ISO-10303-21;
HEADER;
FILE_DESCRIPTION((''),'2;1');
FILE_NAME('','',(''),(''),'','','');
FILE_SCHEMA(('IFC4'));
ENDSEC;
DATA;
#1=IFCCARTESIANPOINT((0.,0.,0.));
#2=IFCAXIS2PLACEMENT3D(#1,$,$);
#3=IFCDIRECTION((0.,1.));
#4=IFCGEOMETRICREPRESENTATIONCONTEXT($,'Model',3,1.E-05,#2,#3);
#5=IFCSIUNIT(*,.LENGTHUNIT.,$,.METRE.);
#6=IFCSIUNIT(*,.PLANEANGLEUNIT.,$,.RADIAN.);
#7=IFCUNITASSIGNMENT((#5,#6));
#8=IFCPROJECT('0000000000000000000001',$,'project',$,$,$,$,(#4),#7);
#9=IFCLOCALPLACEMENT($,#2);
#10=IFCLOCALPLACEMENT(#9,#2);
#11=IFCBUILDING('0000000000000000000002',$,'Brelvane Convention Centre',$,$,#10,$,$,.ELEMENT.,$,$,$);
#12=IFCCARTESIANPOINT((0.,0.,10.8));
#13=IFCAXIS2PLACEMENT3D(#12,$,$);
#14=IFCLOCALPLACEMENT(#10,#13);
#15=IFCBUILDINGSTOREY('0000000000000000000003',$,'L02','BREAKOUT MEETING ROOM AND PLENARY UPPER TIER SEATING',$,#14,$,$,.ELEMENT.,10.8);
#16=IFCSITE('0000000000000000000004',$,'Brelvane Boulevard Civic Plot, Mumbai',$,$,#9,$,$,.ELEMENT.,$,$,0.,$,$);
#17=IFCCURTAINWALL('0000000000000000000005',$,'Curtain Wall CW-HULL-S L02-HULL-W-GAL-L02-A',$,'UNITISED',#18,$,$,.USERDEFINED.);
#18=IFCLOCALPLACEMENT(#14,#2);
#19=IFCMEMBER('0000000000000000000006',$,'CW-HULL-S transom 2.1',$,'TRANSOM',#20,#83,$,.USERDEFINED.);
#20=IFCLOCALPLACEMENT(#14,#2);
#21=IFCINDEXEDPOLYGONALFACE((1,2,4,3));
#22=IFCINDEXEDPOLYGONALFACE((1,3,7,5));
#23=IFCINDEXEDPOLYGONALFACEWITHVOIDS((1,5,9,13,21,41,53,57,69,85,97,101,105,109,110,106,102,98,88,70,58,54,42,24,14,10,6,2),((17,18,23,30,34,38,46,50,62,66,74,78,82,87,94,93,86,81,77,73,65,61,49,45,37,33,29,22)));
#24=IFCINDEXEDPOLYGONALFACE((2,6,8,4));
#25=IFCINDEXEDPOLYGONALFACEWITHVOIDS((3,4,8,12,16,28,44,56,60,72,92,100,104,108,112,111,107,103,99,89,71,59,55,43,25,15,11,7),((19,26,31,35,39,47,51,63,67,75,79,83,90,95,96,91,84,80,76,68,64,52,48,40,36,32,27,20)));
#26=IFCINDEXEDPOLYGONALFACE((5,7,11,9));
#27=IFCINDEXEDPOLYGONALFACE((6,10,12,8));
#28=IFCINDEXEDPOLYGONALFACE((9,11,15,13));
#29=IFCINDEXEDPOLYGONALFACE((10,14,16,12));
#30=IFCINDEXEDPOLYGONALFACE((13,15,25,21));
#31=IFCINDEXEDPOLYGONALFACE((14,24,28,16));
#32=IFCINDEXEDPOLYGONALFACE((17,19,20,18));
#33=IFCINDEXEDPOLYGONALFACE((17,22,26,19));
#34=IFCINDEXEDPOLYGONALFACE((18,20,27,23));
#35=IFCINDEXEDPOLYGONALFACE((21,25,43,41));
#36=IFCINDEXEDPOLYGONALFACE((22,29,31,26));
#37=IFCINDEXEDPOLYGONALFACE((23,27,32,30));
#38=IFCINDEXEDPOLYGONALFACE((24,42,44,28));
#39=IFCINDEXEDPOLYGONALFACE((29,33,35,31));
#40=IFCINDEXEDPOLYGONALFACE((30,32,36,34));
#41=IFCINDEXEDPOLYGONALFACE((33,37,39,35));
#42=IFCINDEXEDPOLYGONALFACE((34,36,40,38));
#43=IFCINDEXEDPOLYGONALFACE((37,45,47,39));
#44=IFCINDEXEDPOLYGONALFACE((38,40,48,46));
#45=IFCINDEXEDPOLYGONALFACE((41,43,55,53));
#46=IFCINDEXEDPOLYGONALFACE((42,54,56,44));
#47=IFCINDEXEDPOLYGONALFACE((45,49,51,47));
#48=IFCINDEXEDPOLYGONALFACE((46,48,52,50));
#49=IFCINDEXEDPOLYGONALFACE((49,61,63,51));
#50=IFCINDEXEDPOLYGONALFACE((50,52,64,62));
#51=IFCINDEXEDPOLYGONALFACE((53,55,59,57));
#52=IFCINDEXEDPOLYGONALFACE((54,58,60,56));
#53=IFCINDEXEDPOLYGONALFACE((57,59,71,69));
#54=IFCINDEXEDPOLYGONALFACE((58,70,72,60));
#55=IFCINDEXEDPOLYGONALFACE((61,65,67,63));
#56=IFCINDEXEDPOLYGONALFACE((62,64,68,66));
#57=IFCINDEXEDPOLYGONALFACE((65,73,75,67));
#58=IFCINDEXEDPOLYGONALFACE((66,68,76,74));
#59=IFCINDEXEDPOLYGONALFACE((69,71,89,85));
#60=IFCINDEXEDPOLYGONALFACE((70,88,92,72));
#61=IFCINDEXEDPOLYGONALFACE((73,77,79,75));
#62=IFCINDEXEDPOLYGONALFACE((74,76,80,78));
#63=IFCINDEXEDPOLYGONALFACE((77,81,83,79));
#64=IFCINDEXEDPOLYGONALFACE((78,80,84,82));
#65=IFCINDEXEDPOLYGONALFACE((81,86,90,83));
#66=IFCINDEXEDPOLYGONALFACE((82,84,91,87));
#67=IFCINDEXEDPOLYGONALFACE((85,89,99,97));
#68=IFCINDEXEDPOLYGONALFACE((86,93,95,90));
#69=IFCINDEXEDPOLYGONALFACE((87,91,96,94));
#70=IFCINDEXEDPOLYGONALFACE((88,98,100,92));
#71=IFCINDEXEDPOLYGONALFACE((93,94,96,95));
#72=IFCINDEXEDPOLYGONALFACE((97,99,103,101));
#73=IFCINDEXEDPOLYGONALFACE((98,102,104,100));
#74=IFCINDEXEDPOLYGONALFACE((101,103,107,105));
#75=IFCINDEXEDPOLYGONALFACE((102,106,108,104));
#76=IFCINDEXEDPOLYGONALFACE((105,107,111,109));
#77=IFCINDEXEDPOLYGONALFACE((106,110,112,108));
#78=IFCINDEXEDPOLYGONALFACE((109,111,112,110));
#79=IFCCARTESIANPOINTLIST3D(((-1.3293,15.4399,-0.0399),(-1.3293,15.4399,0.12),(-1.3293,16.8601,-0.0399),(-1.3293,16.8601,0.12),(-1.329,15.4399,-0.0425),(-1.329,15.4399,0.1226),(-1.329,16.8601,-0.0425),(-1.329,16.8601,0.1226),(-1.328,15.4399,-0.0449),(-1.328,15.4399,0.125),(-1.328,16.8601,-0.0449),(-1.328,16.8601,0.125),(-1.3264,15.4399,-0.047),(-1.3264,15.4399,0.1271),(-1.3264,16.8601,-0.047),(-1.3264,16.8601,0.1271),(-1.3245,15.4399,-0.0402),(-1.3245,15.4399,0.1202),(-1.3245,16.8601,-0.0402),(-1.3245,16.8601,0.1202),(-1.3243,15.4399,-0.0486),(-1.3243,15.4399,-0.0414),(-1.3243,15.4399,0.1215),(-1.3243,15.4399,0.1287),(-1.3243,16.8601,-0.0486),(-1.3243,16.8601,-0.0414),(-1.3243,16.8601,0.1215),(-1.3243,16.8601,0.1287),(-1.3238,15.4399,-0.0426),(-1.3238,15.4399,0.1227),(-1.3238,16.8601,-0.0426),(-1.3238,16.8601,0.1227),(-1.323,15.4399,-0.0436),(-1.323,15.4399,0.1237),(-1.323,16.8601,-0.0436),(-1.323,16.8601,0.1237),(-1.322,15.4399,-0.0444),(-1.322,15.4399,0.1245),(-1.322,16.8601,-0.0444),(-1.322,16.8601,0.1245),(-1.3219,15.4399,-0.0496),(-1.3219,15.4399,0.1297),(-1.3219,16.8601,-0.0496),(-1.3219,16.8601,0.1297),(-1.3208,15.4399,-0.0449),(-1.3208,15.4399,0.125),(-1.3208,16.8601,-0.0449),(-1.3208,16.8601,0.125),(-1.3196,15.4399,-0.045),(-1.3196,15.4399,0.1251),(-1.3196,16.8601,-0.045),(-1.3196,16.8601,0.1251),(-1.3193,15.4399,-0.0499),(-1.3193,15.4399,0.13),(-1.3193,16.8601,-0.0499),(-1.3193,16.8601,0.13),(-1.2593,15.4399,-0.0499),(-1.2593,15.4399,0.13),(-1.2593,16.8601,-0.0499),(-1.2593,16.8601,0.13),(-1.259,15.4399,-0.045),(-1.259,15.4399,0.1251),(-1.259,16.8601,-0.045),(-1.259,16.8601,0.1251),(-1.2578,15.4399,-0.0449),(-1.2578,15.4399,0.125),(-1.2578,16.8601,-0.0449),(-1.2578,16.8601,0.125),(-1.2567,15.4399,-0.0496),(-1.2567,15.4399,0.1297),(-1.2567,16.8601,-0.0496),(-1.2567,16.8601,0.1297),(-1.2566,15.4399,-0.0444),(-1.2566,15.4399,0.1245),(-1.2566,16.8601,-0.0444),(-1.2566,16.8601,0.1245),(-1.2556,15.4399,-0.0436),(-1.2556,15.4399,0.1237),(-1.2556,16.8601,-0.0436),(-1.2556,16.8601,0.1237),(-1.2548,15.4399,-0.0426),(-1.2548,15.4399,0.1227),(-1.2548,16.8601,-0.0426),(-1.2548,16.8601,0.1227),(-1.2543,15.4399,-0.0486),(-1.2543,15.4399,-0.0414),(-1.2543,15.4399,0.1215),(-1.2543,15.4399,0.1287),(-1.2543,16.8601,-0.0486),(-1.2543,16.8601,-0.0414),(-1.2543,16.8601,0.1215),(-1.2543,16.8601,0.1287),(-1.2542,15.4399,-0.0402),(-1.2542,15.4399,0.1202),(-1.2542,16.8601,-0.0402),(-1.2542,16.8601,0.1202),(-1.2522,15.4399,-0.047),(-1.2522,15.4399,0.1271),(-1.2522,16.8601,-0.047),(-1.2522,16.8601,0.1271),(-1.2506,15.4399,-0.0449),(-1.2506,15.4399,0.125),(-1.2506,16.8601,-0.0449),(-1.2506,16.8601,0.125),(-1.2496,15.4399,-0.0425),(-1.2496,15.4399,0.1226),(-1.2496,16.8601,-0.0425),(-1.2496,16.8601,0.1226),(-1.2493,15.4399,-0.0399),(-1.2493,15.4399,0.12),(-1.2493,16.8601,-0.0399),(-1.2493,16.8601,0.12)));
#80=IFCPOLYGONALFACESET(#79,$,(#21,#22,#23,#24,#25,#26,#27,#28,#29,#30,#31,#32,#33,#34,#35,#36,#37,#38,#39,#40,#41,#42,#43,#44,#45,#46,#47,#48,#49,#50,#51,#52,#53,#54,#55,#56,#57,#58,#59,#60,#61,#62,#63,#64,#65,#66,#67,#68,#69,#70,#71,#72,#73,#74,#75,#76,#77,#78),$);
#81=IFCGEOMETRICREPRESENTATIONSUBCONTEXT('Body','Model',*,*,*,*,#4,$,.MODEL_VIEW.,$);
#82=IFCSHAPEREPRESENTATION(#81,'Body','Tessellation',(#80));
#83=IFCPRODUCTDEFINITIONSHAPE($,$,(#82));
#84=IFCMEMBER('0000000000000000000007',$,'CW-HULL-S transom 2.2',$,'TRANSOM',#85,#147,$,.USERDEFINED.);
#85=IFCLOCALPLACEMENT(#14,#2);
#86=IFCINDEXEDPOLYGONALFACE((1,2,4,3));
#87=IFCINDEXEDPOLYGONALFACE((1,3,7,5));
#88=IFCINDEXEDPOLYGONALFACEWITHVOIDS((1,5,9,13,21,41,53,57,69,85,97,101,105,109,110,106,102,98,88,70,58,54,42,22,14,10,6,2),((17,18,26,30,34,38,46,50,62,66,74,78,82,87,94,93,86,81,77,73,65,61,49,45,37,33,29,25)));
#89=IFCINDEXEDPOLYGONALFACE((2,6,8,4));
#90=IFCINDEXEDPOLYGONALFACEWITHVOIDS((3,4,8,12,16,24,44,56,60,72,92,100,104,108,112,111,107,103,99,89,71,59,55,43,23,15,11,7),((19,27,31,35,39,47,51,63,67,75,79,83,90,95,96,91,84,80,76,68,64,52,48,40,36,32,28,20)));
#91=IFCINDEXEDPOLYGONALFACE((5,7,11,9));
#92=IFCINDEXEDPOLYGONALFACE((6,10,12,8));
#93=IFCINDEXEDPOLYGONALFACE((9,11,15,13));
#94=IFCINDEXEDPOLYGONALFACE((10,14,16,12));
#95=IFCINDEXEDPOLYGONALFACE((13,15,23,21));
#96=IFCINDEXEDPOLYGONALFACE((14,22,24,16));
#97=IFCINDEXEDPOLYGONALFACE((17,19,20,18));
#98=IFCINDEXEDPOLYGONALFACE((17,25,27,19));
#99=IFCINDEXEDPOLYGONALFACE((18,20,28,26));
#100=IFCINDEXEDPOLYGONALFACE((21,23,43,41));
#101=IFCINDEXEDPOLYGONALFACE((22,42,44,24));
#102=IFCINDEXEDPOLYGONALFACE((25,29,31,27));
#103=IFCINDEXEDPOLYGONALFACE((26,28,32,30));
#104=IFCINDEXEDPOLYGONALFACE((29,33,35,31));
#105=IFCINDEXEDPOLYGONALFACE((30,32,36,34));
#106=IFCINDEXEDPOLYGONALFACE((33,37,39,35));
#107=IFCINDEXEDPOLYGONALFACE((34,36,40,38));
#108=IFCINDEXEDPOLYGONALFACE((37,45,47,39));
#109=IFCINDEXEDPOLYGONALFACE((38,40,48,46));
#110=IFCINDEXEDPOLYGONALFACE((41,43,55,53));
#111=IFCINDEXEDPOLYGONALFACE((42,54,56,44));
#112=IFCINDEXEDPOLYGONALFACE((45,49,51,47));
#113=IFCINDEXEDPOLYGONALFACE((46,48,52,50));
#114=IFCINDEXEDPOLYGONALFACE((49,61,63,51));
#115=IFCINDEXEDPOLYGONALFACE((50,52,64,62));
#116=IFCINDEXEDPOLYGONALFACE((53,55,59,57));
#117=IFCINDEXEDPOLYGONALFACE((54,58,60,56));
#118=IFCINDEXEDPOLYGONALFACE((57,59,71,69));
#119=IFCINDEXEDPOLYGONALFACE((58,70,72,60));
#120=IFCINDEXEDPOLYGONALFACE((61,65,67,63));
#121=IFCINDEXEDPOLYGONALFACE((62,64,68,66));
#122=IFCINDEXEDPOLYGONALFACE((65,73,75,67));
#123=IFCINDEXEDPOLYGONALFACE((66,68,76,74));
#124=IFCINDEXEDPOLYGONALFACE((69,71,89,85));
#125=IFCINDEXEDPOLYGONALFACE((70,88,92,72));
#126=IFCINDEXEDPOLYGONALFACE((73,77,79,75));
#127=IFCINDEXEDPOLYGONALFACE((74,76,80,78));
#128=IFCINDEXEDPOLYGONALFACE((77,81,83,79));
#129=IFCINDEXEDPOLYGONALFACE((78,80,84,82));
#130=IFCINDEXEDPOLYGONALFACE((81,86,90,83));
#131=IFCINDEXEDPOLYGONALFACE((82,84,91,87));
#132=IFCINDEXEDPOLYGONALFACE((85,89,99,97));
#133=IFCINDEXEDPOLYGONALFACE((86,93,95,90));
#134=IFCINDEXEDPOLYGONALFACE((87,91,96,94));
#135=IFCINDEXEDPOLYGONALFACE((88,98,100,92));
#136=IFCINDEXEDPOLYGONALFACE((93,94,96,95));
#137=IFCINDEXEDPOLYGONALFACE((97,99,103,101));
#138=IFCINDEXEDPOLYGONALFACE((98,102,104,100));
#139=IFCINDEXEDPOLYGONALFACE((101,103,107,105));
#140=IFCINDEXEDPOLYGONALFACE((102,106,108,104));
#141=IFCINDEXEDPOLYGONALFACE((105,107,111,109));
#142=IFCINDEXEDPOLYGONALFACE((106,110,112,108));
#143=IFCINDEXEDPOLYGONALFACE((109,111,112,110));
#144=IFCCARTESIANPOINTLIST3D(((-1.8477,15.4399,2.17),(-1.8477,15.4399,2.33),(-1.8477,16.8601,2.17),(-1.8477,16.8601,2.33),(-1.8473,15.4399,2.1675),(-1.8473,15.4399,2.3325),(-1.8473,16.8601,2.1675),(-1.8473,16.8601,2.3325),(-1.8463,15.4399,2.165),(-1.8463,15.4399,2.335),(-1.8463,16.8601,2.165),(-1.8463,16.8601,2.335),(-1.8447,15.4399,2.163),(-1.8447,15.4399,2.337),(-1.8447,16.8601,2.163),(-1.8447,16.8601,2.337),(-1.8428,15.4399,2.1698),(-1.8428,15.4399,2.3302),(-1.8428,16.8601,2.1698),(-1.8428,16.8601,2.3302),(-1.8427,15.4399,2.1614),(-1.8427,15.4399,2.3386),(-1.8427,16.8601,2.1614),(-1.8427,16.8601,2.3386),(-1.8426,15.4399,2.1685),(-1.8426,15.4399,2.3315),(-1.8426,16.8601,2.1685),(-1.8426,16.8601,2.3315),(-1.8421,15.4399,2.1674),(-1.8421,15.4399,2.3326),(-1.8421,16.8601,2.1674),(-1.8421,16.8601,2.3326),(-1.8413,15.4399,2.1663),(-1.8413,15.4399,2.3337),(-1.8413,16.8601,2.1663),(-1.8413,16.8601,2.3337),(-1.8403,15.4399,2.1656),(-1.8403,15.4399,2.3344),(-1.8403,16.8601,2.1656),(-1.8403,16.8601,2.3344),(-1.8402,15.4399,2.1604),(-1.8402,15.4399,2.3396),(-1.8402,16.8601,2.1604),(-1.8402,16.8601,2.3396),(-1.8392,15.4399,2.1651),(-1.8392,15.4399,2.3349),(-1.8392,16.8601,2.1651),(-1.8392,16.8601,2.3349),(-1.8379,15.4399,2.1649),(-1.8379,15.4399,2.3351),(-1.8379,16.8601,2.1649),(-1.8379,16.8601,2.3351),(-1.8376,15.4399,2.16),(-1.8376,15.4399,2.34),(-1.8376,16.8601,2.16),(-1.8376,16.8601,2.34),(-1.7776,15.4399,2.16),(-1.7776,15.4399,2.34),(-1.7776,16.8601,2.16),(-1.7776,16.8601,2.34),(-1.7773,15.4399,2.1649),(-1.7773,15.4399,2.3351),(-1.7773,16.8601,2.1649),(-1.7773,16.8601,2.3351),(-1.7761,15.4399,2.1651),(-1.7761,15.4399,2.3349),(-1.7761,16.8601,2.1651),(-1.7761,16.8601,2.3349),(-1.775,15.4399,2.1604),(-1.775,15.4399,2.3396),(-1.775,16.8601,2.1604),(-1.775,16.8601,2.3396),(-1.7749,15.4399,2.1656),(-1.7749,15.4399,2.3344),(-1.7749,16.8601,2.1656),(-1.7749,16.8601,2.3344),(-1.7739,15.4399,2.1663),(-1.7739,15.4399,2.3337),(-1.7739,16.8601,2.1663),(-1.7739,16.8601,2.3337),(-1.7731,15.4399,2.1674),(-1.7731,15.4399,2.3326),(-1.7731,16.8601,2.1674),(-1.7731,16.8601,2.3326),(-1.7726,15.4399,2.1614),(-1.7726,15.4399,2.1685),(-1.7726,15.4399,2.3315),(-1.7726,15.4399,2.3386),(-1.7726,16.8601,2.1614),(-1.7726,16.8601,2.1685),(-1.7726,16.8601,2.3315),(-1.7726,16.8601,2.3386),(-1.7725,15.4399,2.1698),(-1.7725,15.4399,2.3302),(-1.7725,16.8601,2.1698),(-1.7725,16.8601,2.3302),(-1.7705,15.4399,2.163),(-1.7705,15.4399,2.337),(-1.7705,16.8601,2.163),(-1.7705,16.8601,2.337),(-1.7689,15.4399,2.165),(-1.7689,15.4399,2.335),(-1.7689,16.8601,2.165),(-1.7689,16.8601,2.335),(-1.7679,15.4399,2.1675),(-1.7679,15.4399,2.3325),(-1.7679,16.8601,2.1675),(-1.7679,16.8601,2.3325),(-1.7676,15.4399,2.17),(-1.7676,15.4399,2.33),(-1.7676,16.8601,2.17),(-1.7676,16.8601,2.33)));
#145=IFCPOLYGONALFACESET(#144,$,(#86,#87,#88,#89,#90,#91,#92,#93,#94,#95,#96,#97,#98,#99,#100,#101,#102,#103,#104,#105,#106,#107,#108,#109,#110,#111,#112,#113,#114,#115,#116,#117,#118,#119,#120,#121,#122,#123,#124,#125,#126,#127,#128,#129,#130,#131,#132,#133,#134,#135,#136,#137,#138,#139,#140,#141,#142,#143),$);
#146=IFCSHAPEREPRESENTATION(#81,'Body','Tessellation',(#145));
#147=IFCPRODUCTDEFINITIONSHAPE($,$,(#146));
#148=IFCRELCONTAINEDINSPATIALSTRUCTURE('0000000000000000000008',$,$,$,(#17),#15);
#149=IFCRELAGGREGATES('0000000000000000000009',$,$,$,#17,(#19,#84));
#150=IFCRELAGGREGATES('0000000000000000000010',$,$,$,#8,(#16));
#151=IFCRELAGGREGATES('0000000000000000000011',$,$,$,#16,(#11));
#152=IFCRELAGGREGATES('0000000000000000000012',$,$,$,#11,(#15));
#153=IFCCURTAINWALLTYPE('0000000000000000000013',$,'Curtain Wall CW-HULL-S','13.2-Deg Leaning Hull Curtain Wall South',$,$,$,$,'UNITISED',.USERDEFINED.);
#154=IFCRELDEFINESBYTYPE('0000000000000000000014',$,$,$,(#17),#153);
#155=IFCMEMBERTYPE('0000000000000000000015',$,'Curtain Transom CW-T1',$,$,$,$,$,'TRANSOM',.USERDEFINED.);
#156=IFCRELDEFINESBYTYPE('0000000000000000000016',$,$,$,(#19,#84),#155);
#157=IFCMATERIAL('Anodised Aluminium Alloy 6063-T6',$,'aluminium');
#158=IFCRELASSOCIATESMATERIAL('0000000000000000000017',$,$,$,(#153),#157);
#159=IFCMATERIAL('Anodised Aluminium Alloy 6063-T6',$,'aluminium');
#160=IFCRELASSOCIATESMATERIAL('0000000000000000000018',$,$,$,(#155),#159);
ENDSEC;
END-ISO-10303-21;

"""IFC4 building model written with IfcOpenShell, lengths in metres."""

from ifc_helpers import new_model, si_unit, direction, frame, origin, origin_2d, place, context, subcontext, project, spatial, hollow_rectangle, extrude, material, material_profile, profile_set, type_object, element, aggregate, save


model = new_model("IFC4")

# Units and contexts
model_context = context("Model", 3, precision=1e-05, world=origin(), true_north=direction((0.0, 1.0)))
body_context = subcontext(model_context, "Body", "Model", "MODEL_VIEW")
ifc_project = project(units=[si_unit("LENGTHUNIT", "METRE"), si_unit("PLANEANGLEUNIT", "RADIAN")], contexts=[model_context])

# Site, building, storey
site_placement = place(None, origin())
site = spatial("IfcSite", under=ifc_project, at=site_placement, Name="Brelvane Boulevard Civic Plot, Mumbai", CompositionType="ELEMENT", RefElevation=0.0)
building_placement = place(site_placement, origin())
building = spatial("IfcBuilding", under=site, at=building_placement, Name="Brelvane Convention Centre", CompositionType="ELEMENT")
storey_placement = place(building_placement, frame((0.0, 0.0, 10.8)))
storey = spatial("IfcBuildingStorey", under=building, at=storey_placement, Name="L02", Description="BREAKOUT MEETING ROOM AND PLENARY UPPER TIER SEATING", CompositionType="ELEMENT", Elevation=10.8)

# Curtain wall, members
ifc_material_1 = material(Name="Anodised Aluminium Alloy 6063-T6", Category="aluminium")
curtain_wall_type = type_object("IfcCurtainWallType", Name="Curtain Wall CW-HULL-S", Description="13.2-Deg Leaning Hull Curtain Wall South", ElementType="UNITISED", PredefinedType="USERDEFINED", material=ifc_material_1)
curtain_wall_1_placement = place(storey_placement, origin())
curtain_wall_1 = element("IfcCurtainWall", 1, at=curtain_wall_1_placement, inside=storey, type_object=curtain_wall_type, Name="Curtain Wall CW-HULL-S L02-HULL-W-GAL-L02-A", ObjectType="UNITISED", PredefinedType="USERDEFINED")
ifc_material_2 = material(Name="Anodised Aluminium Alloy 6063-T6", Category="aluminium")
ifc_material_profile_1 = material_profile(ifc_material_2, hollow_rectangle(XDim=0.0801, YDim=0.1799, WallThickness=0.0049, InnerFilletRadius=0.0049, OuterFilletRadius=0.01, at=origin_2d()), Name="ALU-T 180x80x5.0")
ifc_profile_set_1 = profile_set([ifc_material_profile_1], Name="Anodised Aluminium Alloy 6063-T6")
member_type_1 = type_object("IfcMemberType", Name="Curtain Transom CW-T1", ElementType="TRANSOM", PredefinedType="USERDEFINED", material=ifc_profile_set_1)
member_1_placement = place(storey_placement, frame((-1.2893, 15.4399, 0.04), z_axis=(0.0, 1.0, 0.0), x_axis=(-1.0, 0.0, 0.0)))
member_1 = element("IfcMember", 2, at=member_1_placement, type_object=member_type_1, Name="CW-HULL-S transom 2.1", ObjectType="TRANSOM", PredefinedType="USERDEFINED", context=body_context, shape_type="SweptSolid", body=[
    extrude(hollow_rectangle(XDim=0.0801, YDim=0.1799, WallThickness=0.0049, InnerFilletRadius=0.0049, OuterFilletRadius=0.01, at=origin_2d()), origin(), (0.0, 0.0, 1.0), 1.4202),
])
member_2_placement = place(storey_placement, frame((-1.8076, 15.4399, 2.25), z_axis=(0.0, 1.0, 0.0), x_axis=(-1.0, 0.0, 0.0)))
member_2 = element("IfcMember", 3, at=member_2_placement, type_object=member_type_1, Name="CW-HULL-S transom 2.2", ObjectType="TRANSOM", PredefinedType="USERDEFINED", context=body_context, shape_type="SweptSolid", body=[
    extrude(hollow_rectangle(XDim=0.0801, YDim=0.1799, WallThickness=0.0049, InnerFilletRadius=0.0049, OuterFilletRadius=0.01, at=origin_2d()), origin(), (0.0, 0.0, 1.0), 1.4202),
])

aggregate(curtain_wall_1, [member_1, member_2])

save(model, "model.ifc")
